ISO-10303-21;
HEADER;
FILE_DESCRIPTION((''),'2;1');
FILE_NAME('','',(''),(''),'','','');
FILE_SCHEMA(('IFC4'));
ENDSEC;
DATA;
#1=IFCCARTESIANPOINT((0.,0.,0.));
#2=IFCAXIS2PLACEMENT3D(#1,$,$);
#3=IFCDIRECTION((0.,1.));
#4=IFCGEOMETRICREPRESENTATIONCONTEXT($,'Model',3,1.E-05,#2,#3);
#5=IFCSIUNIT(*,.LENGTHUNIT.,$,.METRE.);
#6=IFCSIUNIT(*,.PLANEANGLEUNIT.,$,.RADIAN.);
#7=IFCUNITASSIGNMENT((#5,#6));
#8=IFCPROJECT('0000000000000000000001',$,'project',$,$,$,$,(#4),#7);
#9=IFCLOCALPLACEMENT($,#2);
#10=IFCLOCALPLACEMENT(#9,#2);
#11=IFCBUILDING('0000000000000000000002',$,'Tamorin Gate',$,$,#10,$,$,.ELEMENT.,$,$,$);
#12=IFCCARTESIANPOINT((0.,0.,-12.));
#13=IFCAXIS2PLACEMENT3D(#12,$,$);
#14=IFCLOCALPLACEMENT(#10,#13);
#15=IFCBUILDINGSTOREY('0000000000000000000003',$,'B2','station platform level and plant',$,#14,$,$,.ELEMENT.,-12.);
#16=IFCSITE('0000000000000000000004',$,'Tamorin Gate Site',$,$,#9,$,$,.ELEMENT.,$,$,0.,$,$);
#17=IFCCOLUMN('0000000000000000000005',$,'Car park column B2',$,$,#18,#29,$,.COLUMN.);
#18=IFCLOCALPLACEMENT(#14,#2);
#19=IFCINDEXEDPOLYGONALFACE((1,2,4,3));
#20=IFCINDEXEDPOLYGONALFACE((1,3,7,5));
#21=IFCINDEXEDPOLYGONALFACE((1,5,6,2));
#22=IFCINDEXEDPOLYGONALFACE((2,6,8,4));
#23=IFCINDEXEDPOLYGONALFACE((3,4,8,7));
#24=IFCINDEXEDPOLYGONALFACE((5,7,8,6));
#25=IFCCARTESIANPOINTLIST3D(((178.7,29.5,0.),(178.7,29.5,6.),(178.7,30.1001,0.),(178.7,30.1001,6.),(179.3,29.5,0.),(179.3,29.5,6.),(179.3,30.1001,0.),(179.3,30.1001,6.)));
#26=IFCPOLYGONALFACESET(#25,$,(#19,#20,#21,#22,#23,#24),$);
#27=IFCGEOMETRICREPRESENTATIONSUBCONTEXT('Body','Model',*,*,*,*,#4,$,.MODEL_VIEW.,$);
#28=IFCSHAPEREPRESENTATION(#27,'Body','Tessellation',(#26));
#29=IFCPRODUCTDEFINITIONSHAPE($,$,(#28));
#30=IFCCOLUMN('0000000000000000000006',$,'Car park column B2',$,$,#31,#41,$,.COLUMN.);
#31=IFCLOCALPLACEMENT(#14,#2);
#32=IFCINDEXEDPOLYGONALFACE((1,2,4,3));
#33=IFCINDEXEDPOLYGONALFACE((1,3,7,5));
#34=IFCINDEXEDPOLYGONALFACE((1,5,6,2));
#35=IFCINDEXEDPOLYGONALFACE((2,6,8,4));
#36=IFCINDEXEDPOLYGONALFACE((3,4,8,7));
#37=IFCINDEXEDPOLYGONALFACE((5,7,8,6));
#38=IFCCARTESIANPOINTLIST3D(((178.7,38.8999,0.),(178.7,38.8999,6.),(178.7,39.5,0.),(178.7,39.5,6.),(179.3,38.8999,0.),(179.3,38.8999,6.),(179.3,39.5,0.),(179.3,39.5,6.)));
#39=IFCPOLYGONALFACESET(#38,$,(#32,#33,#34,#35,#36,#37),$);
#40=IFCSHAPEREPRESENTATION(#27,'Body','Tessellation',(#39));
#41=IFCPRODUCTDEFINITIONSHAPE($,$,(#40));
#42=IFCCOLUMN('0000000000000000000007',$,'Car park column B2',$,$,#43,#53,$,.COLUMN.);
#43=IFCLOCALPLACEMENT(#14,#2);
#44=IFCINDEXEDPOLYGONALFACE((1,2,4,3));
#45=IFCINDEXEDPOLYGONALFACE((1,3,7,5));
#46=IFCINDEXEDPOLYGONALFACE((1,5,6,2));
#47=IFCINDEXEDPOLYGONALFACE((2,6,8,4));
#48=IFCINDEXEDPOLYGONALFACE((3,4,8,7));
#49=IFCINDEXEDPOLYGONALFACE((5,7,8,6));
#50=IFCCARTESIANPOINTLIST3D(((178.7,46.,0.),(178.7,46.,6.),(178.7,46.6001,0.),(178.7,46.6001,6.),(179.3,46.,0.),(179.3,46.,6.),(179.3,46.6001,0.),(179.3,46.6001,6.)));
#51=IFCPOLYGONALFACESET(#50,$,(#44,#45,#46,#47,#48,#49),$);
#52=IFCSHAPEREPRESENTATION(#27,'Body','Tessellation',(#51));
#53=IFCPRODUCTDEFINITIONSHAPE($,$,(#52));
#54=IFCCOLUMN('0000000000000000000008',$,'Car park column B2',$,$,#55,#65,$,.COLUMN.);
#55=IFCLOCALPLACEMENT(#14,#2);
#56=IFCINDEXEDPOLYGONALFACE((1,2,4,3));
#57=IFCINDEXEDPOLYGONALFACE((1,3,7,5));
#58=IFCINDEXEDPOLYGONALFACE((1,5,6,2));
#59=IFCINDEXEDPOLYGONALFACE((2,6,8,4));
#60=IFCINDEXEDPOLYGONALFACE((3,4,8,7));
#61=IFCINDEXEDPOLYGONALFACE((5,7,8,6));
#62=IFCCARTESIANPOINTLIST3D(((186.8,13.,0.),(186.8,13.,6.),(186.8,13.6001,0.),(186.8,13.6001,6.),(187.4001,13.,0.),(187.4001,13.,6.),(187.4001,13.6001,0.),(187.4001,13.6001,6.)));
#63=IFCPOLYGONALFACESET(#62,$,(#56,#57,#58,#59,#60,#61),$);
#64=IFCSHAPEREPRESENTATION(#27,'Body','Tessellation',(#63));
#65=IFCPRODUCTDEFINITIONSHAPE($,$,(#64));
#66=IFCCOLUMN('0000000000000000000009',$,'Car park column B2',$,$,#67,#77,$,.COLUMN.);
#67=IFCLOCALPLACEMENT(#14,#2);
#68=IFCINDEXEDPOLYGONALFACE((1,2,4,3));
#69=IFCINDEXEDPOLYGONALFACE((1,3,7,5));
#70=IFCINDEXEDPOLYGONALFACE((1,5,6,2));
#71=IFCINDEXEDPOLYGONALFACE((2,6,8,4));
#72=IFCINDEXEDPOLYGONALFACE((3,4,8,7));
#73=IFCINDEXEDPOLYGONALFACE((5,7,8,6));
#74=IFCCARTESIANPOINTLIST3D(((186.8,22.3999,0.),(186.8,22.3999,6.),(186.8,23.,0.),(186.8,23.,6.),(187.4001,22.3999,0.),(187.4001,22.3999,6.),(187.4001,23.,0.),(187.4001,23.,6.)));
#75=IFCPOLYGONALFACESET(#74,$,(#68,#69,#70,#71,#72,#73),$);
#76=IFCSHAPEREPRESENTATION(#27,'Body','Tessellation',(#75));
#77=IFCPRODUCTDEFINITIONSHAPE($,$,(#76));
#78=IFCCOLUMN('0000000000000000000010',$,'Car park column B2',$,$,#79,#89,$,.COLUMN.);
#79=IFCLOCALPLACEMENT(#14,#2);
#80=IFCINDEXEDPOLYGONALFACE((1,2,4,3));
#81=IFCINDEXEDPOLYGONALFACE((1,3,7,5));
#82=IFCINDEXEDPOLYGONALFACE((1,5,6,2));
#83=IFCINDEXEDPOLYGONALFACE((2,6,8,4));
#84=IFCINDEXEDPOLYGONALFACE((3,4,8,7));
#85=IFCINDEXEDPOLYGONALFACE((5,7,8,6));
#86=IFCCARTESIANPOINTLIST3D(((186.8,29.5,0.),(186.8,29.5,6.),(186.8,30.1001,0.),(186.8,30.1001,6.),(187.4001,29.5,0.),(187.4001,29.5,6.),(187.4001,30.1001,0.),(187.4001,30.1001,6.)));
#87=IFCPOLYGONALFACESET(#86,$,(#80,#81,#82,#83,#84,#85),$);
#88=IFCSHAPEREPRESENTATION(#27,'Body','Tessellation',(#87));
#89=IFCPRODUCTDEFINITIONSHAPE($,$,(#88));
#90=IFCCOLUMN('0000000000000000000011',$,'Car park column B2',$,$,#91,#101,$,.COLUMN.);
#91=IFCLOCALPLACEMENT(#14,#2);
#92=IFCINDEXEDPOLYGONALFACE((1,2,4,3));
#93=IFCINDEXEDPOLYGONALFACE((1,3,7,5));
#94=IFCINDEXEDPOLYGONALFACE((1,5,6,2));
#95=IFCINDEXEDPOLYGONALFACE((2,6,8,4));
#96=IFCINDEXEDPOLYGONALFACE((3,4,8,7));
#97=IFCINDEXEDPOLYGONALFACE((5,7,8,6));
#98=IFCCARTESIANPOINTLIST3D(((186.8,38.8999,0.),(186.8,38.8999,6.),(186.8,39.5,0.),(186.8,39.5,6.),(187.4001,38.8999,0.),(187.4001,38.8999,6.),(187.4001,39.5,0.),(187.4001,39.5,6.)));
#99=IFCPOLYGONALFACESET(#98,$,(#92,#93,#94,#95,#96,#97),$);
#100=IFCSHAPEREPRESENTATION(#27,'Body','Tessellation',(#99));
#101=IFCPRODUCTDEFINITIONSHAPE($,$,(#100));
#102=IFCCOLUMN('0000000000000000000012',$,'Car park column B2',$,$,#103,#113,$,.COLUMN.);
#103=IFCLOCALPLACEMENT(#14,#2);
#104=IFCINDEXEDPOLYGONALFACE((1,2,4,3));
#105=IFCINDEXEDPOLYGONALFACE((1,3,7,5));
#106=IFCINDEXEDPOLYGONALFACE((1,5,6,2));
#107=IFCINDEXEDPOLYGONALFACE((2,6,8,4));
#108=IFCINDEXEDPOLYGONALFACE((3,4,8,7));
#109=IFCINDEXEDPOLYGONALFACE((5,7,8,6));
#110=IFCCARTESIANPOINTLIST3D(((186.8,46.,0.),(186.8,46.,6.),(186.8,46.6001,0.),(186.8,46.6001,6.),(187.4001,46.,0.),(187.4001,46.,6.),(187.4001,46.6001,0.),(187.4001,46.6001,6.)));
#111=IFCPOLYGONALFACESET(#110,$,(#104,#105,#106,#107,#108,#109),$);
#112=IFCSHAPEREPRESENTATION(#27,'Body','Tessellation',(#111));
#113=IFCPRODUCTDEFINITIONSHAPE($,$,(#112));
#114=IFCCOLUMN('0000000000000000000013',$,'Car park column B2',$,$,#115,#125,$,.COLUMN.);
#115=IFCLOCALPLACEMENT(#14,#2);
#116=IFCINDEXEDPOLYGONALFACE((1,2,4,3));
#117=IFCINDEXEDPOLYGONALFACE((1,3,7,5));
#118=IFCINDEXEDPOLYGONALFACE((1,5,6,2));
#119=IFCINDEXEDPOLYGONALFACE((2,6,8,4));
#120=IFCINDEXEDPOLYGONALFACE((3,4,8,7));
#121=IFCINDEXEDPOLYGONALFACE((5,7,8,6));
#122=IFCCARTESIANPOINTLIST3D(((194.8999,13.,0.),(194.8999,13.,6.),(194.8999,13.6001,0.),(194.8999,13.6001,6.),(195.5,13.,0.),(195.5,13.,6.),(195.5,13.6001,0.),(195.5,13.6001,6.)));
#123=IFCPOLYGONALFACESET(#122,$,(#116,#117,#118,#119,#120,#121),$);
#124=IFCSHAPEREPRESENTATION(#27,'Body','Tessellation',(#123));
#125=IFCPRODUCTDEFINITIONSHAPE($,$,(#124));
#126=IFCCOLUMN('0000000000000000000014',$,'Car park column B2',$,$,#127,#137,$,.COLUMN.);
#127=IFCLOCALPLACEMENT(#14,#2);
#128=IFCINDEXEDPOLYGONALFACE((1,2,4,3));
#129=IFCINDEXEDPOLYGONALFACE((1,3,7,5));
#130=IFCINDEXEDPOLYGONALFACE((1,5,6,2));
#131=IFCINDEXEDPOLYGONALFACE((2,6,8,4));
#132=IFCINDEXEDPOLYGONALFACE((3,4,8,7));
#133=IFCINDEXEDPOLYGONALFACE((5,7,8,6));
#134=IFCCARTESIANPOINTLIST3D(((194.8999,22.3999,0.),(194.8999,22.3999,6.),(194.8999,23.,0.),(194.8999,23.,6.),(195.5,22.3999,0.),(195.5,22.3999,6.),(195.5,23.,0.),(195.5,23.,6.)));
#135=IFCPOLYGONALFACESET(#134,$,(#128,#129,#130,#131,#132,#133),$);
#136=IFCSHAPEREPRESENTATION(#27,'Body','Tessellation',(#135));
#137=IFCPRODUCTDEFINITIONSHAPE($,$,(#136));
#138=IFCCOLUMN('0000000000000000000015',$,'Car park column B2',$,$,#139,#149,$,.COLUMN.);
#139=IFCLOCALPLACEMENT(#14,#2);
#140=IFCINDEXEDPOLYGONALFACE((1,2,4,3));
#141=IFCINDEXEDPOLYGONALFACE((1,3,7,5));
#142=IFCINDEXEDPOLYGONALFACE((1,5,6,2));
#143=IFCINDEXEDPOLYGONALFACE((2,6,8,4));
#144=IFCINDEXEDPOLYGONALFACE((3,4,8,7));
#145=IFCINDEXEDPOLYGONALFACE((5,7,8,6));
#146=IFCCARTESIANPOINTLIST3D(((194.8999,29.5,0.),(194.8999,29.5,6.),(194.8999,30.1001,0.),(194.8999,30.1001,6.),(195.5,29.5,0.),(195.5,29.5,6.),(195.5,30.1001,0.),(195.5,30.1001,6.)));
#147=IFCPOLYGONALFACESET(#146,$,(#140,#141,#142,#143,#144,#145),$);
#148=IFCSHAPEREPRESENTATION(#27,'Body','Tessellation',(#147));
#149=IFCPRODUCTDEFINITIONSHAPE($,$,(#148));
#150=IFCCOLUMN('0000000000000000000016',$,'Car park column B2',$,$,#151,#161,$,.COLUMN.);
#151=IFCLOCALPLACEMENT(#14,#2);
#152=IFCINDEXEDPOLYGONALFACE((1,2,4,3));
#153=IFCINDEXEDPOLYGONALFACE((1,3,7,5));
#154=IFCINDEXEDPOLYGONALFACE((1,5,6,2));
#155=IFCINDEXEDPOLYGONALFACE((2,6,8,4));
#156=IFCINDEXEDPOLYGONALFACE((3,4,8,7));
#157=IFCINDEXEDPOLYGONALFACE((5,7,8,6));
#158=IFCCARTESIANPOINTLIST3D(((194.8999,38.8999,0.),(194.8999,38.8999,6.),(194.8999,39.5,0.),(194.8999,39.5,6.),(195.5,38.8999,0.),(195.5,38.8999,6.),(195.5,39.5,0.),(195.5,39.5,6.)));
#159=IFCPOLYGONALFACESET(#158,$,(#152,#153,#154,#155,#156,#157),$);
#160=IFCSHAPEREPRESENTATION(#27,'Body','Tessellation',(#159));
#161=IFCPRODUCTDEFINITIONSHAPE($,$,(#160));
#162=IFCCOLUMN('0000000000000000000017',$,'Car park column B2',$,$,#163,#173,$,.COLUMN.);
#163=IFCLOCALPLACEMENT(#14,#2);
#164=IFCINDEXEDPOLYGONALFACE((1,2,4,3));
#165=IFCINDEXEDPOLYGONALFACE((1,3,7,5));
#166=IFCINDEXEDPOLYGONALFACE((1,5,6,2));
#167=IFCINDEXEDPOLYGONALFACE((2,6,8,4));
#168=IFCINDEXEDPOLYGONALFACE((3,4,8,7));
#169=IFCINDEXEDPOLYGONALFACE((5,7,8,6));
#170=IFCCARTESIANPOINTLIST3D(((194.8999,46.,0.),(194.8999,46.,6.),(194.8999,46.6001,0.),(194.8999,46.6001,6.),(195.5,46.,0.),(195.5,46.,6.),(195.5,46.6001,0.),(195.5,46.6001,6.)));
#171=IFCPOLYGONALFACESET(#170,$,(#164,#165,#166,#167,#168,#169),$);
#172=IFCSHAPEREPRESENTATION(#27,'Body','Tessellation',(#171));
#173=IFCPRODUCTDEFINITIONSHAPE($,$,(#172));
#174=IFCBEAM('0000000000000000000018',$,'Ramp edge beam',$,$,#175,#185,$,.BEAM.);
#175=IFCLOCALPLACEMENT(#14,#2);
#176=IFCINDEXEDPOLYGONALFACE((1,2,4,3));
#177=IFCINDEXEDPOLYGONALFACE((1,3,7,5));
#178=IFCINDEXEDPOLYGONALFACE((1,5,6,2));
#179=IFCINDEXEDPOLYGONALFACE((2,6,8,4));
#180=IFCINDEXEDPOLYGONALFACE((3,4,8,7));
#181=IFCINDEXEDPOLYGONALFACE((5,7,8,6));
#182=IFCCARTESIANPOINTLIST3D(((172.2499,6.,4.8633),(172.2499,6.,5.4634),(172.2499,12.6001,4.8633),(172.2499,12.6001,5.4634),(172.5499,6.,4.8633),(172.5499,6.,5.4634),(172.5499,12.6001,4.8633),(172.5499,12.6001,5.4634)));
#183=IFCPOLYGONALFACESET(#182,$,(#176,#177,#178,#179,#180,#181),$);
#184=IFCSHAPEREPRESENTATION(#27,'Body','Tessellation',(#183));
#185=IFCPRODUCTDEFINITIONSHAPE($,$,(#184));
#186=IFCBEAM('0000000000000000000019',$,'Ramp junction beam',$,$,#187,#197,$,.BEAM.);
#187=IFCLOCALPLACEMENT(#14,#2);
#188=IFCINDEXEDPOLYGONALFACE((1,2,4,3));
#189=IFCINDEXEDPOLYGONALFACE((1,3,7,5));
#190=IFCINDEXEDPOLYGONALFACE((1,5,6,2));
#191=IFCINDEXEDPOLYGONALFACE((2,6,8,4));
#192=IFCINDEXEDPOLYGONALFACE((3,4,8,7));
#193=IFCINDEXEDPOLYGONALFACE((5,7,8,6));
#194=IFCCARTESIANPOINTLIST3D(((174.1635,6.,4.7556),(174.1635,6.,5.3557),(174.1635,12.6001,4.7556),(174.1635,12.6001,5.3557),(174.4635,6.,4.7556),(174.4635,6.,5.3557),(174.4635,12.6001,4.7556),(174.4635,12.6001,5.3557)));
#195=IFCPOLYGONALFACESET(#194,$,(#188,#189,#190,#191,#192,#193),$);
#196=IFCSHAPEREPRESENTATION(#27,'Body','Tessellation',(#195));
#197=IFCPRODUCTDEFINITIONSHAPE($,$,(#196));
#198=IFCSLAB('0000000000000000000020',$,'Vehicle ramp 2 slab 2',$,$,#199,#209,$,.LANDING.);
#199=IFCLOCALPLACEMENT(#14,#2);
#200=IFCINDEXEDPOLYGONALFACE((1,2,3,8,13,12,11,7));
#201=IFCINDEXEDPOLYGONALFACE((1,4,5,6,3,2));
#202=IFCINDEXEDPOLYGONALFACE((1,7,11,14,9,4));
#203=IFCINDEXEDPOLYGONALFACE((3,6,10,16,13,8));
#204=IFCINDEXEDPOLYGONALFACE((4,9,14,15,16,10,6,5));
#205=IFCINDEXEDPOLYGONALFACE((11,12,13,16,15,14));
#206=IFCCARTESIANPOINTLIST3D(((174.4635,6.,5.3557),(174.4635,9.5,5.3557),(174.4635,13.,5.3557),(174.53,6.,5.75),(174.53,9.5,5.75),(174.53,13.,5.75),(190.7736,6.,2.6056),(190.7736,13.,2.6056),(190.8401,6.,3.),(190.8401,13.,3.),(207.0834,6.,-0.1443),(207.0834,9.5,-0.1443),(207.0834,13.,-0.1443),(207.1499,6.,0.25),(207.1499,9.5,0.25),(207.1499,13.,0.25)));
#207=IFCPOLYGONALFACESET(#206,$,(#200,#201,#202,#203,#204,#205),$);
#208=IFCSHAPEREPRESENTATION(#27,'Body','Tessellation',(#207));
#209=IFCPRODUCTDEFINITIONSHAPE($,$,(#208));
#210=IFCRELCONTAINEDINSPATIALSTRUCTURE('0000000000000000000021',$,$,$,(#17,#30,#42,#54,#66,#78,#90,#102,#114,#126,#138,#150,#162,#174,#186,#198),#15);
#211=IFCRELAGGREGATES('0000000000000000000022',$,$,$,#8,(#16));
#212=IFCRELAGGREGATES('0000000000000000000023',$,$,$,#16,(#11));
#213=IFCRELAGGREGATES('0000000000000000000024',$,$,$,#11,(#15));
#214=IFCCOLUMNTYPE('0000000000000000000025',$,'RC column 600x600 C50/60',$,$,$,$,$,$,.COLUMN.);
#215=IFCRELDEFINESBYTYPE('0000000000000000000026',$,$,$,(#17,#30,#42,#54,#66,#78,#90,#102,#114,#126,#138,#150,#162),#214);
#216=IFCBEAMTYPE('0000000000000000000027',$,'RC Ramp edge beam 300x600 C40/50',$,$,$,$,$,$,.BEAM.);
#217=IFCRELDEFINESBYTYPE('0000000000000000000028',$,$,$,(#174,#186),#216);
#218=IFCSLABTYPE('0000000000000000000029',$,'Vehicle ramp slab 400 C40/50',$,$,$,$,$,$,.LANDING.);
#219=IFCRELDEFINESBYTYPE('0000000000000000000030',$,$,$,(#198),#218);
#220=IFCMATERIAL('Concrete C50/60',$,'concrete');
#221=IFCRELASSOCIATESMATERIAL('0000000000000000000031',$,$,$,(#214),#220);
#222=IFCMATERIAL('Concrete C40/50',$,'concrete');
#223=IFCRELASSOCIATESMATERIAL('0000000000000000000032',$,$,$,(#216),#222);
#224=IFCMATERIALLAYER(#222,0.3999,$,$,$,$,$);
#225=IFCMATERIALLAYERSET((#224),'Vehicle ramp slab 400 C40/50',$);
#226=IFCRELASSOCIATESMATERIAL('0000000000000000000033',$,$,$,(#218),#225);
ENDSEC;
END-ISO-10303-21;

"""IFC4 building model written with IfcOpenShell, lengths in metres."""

from ifc_helpers import new_model, si_unit, direction, frame, origin, origin_2d, place, context, subcontext, project, spatial, polyline, rectangle, outline, extrude, material, layer, layer_set, material_profile, profile_set, type_object, element, save


model = new_model("IFC4")

# Units and contexts
model_context = context("Model", 3, precision=1e-05, world=origin(), true_north=direction((0.0, 1.0)))
body_context = subcontext(model_context, "Body", "Model", "MODEL_VIEW")
ifc_project = project(units=[si_unit("LENGTHUNIT", "METRE"), si_unit("PLANEANGLEUNIT", "RADIAN")], contexts=[model_context])

# Site, building, storey
site_placement = place(None, origin())
site = spatial("IfcSite", under=ifc_project, at=site_placement, Name="Tamorin Gate Site", CompositionType="ELEMENT", RefElevation=0.0)
building_placement = place(site_placement, origin())
building = spatial("IfcBuilding", under=site, at=building_placement, Name="Tamorin Gate", CompositionType="ELEMENT")
storey_placement = place(building_placement, frame((0.0, 0.0, -12.0)))
storey = spatial("IfcBuildingStorey", under=building, at=storey_placement, Name="B2", Description="station platform level and plant", CompositionType="ELEMENT", Elevation=-12.0)

# Shared definitions
ifc_material_1 = material(Name="Concrete C40/50", Category="concrete")

# Columns
ifc_material_2 = material(Name="Concrete C50/60", Category="concrete")
ifc_material_profile_1 = material_profile(ifc_material_2, rectangle(XDim=0.6001, YDim=0.6001, at=origin_2d()))
ifc_profile_set_1 = profile_set([ifc_material_profile_1], Name="Concrete C50/60")
column_type = type_object("IfcColumnType", Name="RC column 600x600 C50/60", PredefinedType="COLUMN", material=ifc_profile_set_1)
for number, where, z_axis, x_axis, name in (
    (1, (179.0, 29.8, 0.0), (0.0, 0.0, 1.0), (1.0, 0.0, 0.0), "Car park column B2"),
    (2, (179.0, 39.2, 0.0), (0.0, 0.0, 1.0), (1.0, 0.0, 0.0), "Car park column B2"),
    (3, (179.0, 46.3, 0.0), (0.0, 0.0, 1.0), (1.0, 0.0, 0.0), "Car park column B2"),
    (4, (187.1001, 13.3, 0.0), (0.0, 0.0, 1.0), (1.0, 0.0, 0.0), "Car park column B2"),
    (5, (187.1001, 22.7, 0.0), (0.0, 0.0, 1.0), (1.0, 0.0, 0.0), "Car park column B2"),
    (6, (187.1001, 29.8, 0.0), (0.0, 0.0, 1.0), (1.0, 0.0, 0.0), "Car park column B2"),
    (7, (187.1001, 39.2, 0.0), (0.0, 0.0, 1.0), (1.0, 0.0, 0.0), "Car park column B2"),
    (8, (187.1001, 46.3, 0.0), (0.0, 0.0, 1.0), (1.0, 0.0, 0.0), "Car park column B2"),
    (9, (195.2, 13.3, 0.0), (0.0, 0.0, 1.0), (1.0, 0.0, 0.0), "Car park column B2"),
    (10, (195.2, 22.7, 0.0), (0.0, 0.0, 1.0), (1.0, 0.0, 0.0), "Car park column B2"),
    (11, (195.2, 29.8, 0.0), (0.0, 0.0, 1.0), (1.0, 0.0, 0.0), "Car park column B2"),
    (12, (195.2, 39.2, 0.0), (0.0, 0.0, 1.0), (1.0, 0.0, 0.0), "Car park column B2"),
    (13, (195.2, 46.3, 0.0), (0.0, 0.0, 1.0), (1.0, 0.0, 0.0), "Car park column B2"),
):
    element("IfcColumn", number, at=place(storey_placement, frame(where, z_axis=z_axis, x_axis=x_axis)), inside=storey, type_object=column_type, Name=name, PredefinedType="COLUMN", context=body_context, shape_type="SweptSolid", body=[
        extrude(rectangle(XDim=0.6001, YDim=0.6001, at=origin_2d()), origin(), (0.0, 0.0, 1.0), 6.0),
    ])

# Beams
ifc_material_profile_2 = material_profile(ifc_material_1, rectangle(XDim=0.3, YDim=0.6001, at=origin_2d()))
ifc_profile_set_2 = profile_set([ifc_material_profile_2], Name="Concrete C40/50")
beam_type = type_object("IfcBeamType", Name="RC Ramp edge beam 300x600 C40/50", PredefinedType="BEAM", material=ifc_profile_set_2)
for number, where, z_axis, x_axis, name in (
    (14, (172.3999, 6.0, 5.1633), (0.0, 1.0, 0.0), (-1.0, 0.0, 0.0), "Ramp edge beam"),
    (15, (174.3135, 6.0, 5.0557), (0.0, 1.0, 0.0), (-1.0, 0.0, 0.0), "Ramp junction beam"),
):
    element("IfcBeam", number, at=place(storey_placement, frame(where, z_axis=z_axis, x_axis=x_axis)), inside=storey, type_object=beam_type, Name=name, PredefinedType="BEAM", context=body_context, shape_type="SweptSolid", body=[
        extrude(rectangle(XDim=0.3, YDim=0.6001, at=origin_2d()), origin(), (0.0, 0.0, 1.0), 6.6001),
    ])

# Slab
ifc_layer = layer(ifc_material_1, 0.3999)
ifc_layer_set = layer_set([ifc_layer], Name="Vehicle ramp slab 400 C40/50")
slab_type = type_object("IfcSlabType", Name="Vehicle ramp slab 400 C40/50", PredefinedType="LANDING", material=ifc_layer_set)
slab_placement = place(storey_placement, frame((174.53, 6.0, 5.75), z_axis=(0.166262, 0.0, 0.986082), x_axis=(0.986082, 0.0, -0.166262)))
element("IfcSlab", 16, at=slab_placement, inside=storey, type_object=slab_type, Name="Vehicle ramp 2 slab 2", PredefinedType="LANDING", context=body_context, shape_type="SweptSolid", body=[
    extrude(outline(polyline([(0.0, 0.0), (16.5403, 0.0), (33.0803, 0.0), (33.0803, 3.5), (33.0803, 7.0), (16.5403, 7.0), (0.0, 7.0), (0.0, 3.5), (0.0, 0.0)])), origin(), (0.0, 0.0, -1.0), 0.3999),
])

save(model, "model.ifc")
